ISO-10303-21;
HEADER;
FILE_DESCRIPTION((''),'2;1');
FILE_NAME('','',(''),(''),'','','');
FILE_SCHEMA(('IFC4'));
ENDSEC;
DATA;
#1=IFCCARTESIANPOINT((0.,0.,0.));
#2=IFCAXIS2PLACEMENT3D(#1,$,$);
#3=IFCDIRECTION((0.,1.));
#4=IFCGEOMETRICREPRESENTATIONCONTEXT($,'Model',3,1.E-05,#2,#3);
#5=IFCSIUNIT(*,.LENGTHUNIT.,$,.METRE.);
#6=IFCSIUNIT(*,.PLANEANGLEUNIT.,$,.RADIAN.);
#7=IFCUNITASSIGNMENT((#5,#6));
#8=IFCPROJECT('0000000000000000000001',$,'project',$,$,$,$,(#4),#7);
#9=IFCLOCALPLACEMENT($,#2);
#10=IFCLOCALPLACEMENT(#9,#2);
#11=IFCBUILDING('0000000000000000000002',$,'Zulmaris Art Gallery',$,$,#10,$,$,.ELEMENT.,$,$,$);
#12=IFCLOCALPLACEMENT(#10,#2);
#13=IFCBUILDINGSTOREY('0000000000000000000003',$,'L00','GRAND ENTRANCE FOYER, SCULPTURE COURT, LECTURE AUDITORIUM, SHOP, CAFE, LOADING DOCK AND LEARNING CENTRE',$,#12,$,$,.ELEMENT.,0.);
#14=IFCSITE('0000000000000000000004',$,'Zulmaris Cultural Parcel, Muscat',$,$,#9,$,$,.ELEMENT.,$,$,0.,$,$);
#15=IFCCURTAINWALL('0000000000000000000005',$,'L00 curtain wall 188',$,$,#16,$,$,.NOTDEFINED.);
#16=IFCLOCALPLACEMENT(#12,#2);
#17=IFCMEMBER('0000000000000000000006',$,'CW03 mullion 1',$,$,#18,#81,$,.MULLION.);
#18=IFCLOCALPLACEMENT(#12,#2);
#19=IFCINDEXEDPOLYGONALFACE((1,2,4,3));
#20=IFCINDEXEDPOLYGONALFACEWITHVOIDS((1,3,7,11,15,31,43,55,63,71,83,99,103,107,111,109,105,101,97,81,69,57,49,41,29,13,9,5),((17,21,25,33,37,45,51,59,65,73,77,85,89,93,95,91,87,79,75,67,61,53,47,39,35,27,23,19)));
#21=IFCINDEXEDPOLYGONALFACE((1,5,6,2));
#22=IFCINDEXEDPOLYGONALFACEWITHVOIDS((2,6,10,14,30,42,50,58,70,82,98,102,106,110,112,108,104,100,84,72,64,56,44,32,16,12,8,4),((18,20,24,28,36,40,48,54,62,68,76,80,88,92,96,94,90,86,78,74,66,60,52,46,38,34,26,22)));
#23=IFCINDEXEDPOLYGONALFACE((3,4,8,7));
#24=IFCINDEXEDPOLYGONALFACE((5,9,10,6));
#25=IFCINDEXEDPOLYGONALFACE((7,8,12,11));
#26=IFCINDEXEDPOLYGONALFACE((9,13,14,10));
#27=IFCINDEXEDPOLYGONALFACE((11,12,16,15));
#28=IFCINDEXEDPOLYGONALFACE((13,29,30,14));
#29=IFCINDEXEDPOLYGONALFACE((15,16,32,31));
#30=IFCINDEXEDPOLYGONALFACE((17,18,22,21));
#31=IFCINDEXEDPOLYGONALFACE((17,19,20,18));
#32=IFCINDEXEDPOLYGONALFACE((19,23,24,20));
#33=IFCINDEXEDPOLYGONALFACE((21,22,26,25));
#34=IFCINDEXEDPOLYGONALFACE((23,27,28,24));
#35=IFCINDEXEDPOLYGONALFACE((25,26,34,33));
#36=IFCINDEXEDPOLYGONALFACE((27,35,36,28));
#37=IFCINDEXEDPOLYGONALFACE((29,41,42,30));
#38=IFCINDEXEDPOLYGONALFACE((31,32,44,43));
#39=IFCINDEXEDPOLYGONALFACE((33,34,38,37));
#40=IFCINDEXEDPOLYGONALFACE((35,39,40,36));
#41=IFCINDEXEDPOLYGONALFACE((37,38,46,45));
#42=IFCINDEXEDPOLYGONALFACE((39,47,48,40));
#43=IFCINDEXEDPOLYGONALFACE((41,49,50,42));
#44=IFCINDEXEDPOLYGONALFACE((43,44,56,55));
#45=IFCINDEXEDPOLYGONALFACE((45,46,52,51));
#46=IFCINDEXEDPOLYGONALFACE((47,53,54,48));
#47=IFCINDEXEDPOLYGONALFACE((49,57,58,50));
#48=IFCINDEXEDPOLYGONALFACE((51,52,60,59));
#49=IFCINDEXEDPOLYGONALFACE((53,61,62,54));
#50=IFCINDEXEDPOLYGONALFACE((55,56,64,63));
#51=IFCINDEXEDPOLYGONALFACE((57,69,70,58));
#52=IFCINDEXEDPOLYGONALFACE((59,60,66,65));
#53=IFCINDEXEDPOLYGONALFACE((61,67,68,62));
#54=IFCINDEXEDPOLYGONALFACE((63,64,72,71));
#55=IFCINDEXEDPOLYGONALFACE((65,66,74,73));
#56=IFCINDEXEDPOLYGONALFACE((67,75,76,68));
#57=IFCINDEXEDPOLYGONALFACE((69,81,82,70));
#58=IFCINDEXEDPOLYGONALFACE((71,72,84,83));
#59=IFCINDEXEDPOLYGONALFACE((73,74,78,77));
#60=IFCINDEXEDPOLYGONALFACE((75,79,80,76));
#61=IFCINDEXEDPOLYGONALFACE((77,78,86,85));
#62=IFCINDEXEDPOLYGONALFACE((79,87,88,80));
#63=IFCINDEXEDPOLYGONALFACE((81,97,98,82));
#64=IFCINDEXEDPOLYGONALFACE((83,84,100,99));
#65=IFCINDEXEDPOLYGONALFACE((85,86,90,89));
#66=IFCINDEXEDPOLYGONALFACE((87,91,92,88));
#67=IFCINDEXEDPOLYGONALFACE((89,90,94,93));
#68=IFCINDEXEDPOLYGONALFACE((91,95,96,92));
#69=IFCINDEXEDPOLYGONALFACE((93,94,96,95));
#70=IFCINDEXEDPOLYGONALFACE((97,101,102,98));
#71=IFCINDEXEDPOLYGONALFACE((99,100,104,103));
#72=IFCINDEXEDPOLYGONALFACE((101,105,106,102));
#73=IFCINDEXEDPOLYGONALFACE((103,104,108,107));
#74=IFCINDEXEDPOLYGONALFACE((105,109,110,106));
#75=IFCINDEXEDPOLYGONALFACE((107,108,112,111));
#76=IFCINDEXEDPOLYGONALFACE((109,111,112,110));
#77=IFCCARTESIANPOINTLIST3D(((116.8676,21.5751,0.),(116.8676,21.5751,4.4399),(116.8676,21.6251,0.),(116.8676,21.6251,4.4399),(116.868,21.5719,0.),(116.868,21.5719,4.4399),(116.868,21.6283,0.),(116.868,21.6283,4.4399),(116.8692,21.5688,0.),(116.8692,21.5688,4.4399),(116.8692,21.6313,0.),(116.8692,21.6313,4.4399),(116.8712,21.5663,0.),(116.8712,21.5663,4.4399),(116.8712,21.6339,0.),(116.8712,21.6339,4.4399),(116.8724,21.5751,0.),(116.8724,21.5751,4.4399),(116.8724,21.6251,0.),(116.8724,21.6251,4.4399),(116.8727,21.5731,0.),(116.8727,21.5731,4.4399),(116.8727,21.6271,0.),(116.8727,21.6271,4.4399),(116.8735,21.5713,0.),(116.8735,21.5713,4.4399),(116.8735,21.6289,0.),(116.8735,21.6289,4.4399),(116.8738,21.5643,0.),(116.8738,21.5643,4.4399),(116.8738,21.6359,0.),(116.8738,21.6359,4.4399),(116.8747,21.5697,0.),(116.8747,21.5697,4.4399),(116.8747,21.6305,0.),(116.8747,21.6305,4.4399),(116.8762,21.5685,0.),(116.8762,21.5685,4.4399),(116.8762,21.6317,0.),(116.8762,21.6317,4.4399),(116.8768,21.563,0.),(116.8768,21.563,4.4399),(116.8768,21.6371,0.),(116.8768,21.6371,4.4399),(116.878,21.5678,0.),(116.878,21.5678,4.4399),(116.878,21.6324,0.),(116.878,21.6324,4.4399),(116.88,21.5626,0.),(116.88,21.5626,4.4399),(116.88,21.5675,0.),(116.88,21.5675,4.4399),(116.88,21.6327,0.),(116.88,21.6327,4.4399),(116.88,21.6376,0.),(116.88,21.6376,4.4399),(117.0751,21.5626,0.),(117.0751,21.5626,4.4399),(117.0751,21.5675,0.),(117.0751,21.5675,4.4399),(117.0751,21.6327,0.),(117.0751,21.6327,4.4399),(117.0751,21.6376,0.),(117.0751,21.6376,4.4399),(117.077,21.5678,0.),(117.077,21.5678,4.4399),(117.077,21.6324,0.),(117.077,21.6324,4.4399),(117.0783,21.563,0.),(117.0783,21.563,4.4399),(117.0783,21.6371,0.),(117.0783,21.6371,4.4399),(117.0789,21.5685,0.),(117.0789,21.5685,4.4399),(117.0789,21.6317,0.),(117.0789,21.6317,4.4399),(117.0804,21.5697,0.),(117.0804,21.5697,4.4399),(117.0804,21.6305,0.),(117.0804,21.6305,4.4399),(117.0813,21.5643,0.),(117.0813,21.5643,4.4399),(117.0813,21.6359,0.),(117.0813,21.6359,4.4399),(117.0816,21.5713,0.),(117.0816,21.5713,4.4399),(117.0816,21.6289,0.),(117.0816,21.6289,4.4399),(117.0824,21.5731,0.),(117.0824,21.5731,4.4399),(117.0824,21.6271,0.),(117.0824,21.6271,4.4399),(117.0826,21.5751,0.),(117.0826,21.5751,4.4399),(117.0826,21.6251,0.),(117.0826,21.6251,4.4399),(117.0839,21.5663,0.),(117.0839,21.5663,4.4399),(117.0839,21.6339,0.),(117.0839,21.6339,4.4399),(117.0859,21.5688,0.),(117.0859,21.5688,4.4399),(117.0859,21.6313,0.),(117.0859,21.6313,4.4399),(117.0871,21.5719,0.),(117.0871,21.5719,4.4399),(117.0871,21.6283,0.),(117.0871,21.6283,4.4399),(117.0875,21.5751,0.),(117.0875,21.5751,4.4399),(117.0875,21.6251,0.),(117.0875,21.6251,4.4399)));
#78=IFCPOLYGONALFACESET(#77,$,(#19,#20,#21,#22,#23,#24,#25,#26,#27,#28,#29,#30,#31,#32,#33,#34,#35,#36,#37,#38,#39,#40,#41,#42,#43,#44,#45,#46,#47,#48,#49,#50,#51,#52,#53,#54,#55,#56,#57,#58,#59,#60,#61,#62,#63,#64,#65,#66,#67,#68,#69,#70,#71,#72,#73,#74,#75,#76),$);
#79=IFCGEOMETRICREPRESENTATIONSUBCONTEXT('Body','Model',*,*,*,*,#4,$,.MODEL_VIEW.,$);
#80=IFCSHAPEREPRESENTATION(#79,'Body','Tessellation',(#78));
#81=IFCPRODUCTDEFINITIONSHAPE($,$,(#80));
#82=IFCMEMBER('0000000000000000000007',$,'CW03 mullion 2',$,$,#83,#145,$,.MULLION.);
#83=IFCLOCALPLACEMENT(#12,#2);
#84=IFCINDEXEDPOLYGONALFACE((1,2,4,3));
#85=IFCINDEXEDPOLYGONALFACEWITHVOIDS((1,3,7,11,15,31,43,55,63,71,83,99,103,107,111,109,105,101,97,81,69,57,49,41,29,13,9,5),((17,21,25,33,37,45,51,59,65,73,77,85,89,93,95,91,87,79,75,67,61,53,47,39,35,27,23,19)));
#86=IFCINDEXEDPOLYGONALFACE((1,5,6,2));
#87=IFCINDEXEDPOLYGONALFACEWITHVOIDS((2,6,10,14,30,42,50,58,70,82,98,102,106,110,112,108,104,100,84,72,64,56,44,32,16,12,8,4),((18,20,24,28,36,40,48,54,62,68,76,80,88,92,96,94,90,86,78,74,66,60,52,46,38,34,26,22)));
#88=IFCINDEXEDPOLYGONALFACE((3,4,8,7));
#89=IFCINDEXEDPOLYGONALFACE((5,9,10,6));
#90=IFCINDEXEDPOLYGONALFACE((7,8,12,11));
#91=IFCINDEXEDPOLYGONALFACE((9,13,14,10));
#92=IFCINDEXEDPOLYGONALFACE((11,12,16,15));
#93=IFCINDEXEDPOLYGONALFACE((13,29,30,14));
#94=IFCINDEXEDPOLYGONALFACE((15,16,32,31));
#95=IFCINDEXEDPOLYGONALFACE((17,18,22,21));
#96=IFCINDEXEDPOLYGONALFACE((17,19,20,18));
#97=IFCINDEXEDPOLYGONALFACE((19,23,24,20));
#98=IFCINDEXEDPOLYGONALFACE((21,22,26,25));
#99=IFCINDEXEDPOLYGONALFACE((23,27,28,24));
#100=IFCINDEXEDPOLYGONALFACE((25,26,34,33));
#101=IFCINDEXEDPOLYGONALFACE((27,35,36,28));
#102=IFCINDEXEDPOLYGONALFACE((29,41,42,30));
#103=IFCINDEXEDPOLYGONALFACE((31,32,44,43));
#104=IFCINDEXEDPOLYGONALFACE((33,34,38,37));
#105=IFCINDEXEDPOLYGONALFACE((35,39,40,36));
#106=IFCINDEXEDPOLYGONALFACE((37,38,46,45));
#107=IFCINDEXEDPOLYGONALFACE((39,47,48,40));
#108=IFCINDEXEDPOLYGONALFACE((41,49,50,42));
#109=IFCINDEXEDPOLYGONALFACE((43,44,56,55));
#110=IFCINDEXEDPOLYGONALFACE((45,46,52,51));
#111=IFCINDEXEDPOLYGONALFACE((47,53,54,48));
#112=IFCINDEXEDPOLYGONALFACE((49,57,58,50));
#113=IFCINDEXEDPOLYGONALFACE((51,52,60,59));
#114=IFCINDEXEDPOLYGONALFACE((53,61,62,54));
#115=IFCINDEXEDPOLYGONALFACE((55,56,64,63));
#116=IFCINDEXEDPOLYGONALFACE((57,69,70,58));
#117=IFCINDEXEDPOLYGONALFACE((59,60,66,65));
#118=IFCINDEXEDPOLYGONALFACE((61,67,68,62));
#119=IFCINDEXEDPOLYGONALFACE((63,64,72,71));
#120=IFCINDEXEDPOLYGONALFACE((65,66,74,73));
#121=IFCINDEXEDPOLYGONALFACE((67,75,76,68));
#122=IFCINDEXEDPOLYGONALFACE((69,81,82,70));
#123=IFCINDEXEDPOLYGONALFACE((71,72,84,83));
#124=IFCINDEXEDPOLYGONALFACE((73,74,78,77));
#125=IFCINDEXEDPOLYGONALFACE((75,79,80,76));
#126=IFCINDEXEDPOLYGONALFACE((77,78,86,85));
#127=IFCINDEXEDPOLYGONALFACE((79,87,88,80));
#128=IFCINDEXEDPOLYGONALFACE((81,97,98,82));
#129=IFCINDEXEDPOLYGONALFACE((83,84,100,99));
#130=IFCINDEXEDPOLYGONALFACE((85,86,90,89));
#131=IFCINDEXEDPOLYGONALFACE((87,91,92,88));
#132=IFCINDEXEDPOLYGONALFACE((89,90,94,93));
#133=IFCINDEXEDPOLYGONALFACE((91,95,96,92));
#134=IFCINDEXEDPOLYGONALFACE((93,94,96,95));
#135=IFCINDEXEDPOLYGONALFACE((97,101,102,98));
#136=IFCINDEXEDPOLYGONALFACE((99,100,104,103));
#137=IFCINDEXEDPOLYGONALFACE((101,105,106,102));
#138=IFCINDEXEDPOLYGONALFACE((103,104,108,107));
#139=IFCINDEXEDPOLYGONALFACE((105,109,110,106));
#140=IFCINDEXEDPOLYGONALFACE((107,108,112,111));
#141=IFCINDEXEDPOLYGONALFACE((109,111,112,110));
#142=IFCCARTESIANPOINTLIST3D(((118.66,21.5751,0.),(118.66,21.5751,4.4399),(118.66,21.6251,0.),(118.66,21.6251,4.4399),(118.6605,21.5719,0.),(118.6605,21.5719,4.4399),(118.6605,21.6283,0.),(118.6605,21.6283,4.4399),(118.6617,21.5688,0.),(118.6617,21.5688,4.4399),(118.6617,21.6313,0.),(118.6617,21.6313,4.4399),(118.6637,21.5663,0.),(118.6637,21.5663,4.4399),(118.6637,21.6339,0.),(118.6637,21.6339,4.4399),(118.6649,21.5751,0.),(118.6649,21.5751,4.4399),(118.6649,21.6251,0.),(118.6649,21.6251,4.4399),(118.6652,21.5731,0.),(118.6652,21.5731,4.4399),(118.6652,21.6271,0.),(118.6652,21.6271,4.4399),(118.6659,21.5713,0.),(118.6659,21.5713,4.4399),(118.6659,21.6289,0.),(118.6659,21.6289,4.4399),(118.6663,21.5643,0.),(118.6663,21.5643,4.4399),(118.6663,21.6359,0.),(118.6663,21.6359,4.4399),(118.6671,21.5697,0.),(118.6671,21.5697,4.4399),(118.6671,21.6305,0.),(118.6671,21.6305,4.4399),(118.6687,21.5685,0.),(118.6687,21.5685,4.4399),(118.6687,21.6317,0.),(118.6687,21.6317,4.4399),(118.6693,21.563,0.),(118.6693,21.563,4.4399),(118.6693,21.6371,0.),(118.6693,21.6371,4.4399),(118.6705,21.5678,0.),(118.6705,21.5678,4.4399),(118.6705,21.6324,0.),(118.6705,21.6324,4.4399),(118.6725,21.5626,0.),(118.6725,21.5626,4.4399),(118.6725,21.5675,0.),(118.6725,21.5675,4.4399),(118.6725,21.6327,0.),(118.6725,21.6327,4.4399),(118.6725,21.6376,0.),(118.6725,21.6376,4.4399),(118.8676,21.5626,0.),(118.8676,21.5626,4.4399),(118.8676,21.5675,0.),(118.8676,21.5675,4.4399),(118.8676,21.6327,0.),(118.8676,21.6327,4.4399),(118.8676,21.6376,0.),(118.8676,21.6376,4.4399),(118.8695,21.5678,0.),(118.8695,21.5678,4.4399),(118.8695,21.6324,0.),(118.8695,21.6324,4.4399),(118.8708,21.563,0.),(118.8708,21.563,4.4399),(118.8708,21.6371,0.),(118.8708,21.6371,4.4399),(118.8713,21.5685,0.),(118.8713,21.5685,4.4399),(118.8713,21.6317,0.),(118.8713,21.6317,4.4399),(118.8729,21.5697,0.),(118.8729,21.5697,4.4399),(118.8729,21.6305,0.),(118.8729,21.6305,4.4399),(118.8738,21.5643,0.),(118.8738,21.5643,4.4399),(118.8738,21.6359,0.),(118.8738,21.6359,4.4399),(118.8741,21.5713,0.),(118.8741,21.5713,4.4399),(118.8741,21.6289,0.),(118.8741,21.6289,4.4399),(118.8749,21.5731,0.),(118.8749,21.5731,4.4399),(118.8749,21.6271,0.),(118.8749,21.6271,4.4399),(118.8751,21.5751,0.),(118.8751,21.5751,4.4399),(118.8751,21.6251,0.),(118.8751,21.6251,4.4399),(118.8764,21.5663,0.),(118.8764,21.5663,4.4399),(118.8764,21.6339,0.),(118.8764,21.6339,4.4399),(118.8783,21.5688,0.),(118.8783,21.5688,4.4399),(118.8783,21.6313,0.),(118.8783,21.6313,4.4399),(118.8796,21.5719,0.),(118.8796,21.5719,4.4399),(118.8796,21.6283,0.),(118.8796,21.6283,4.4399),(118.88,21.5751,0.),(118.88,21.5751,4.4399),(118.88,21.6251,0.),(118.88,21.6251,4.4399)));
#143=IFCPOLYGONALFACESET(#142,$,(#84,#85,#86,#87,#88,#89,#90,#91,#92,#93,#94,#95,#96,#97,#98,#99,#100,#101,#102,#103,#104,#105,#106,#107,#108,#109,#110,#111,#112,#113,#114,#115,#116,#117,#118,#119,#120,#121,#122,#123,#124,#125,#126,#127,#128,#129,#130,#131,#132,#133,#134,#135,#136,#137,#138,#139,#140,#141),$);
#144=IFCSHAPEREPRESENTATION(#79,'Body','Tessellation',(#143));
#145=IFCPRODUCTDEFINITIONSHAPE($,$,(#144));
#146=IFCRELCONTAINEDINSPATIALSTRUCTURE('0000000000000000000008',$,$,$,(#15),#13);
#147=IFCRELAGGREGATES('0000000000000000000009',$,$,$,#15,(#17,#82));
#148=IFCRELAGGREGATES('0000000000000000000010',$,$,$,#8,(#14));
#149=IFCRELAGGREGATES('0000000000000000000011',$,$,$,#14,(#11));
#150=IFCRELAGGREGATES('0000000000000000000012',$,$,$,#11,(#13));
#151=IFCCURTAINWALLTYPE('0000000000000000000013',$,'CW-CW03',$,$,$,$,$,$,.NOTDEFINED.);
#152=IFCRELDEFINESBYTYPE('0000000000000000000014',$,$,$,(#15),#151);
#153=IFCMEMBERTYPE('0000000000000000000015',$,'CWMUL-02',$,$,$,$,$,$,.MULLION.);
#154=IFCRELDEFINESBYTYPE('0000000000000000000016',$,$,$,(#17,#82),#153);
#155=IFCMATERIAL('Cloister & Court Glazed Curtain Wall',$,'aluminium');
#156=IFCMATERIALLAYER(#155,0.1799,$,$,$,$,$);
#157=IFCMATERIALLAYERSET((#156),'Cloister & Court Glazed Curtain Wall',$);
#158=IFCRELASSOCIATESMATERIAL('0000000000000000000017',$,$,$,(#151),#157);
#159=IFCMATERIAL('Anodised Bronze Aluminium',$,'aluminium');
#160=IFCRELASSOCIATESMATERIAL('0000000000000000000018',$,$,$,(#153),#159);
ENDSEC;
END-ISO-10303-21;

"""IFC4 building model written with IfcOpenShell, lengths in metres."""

from ifc_helpers import new_model, si_unit, direction, frame, origin, origin_2d, place, context, subcontext, project, spatial, hollow_rectangle, extrude, material, layer, layer_set, material_profile, profile_set, type_object, element, aggregate, save


model = new_model("IFC4")

# Units and contexts
model_context = context("Model", 3, precision=1e-05, world=origin(), true_north=direction((0.0, 1.0)))
body_context = subcontext(model_context, "Body", "Model", "MODEL_VIEW")
ifc_project = project(units=[si_unit("LENGTHUNIT", "METRE"), si_unit("PLANEANGLEUNIT", "RADIAN")], contexts=[model_context])

# Site, building, storey
site_placement = place(None, origin())
site = spatial("IfcSite", under=ifc_project, at=site_placement, Name="Zulmaris Cultural Parcel, Muscat", CompositionType="ELEMENT", RefElevation=0.0)
building_placement = place(site_placement, origin())
building = spatial("IfcBuilding", under=site, at=building_placement, Name="Zulmaris Art Gallery", CompositionType="ELEMENT")
storey_placement = place(building_placement, origin())
storey = spatial("IfcBuildingStorey", under=building, at=storey_placement, Name="L00", Description="GRAND ENTRANCE FOYER, SCULPTURE COURT, LECTURE AUDITORIUM, SHOP, CAFE, LOADING DOCK AND LEARNING CENTRE", CompositionType="ELEMENT", Elevation=0.0)

# Curtain wall, members
ifc_material_1 = material(Name="Cloister & Court Glazed Curtain Wall", Category="aluminium")
ifc_layer_1 = layer(ifc_material_1, 0.1799)
ifc_layer_set_1 = layer_set([ifc_layer_1], Name="Cloister & Court Glazed Curtain Wall")
curtain_wall_type = type_object("IfcCurtainWallType", Name="CW-CW03", PredefinedType="NOTDEFINED", material=ifc_layer_set_1)
ifc_material_2 = material(Name="Anodised Bronze Aluminium", Category="aluminium")
ifc_material_profile_1 = material_profile(ifc_material_2, hollow_rectangle(XDim=0.075, YDim=0.22, WallThickness=0.0049, InnerFilletRadius=0.0076, OuterFilletRadius=0.0125, at=origin_2d()), Name="ALU 75x220x5")
ifc_profile_set_1 = profile_set([ifc_material_profile_1], Name="Anodised Bronze Aluminium")
member_type_1 = type_object("IfcMemberType", Name="CWMUL-02", PredefinedType="MULLION", material=ifc_profile_set_1)
curtain_wall_1_placement = place(storey_placement, origin())
curtain_wall_1 = element("IfcCurtainWall", 1, at=curtain_wall_1_placement, inside=storey, type_object=curtain_wall_type, Name="L00 curtain wall 188", PredefinedType="NOTDEFINED")
member_1_placement = place(storey_placement, frame((116.9775, 21.6001, 0.0), z_axis=(0.0, 0.0, 1.0), x_axis=(0.0, 1.0, 0.0)))
member_1 = element("IfcMember", 2, at=member_1_placement, type_object=member_type_1, Name="CW03 mullion 1", PredefinedType="MULLION", context=body_context, shape_type="SweptSolid", body=[
    extrude(hollow_rectangle(XDim=0.075, YDim=0.22, WallThickness=0.0049, InnerFilletRadius=0.0076, OuterFilletRadius=0.0125, at=origin_2d()), origin(), (0.0, 0.0, 1.0), 4.4399),
])
member_2_placement = place(storey_placement, frame((118.77, 21.6001, 0.0), z_axis=(0.0, 0.0, 1.0), x_axis=(0.0, 1.0, 0.0)))
member_2 = element("IfcMember", 3, at=member_2_placement, type_object=member_type_1, Name="CW03 mullion 2", PredefinedType="MULLION", context=body_context, shape_type="SweptSolid", body=[
    extrude(hollow_rectangle(XDim=0.075, YDim=0.22, WallThickness=0.0049, InnerFilletRadius=0.0076, OuterFilletRadius=0.0125, at=origin_2d()), origin(), (0.0, 0.0, 1.0), 4.4399),
])

aggregate(curtain_wall_1, [member_1, member_2])

save(model, "model.ifc")
